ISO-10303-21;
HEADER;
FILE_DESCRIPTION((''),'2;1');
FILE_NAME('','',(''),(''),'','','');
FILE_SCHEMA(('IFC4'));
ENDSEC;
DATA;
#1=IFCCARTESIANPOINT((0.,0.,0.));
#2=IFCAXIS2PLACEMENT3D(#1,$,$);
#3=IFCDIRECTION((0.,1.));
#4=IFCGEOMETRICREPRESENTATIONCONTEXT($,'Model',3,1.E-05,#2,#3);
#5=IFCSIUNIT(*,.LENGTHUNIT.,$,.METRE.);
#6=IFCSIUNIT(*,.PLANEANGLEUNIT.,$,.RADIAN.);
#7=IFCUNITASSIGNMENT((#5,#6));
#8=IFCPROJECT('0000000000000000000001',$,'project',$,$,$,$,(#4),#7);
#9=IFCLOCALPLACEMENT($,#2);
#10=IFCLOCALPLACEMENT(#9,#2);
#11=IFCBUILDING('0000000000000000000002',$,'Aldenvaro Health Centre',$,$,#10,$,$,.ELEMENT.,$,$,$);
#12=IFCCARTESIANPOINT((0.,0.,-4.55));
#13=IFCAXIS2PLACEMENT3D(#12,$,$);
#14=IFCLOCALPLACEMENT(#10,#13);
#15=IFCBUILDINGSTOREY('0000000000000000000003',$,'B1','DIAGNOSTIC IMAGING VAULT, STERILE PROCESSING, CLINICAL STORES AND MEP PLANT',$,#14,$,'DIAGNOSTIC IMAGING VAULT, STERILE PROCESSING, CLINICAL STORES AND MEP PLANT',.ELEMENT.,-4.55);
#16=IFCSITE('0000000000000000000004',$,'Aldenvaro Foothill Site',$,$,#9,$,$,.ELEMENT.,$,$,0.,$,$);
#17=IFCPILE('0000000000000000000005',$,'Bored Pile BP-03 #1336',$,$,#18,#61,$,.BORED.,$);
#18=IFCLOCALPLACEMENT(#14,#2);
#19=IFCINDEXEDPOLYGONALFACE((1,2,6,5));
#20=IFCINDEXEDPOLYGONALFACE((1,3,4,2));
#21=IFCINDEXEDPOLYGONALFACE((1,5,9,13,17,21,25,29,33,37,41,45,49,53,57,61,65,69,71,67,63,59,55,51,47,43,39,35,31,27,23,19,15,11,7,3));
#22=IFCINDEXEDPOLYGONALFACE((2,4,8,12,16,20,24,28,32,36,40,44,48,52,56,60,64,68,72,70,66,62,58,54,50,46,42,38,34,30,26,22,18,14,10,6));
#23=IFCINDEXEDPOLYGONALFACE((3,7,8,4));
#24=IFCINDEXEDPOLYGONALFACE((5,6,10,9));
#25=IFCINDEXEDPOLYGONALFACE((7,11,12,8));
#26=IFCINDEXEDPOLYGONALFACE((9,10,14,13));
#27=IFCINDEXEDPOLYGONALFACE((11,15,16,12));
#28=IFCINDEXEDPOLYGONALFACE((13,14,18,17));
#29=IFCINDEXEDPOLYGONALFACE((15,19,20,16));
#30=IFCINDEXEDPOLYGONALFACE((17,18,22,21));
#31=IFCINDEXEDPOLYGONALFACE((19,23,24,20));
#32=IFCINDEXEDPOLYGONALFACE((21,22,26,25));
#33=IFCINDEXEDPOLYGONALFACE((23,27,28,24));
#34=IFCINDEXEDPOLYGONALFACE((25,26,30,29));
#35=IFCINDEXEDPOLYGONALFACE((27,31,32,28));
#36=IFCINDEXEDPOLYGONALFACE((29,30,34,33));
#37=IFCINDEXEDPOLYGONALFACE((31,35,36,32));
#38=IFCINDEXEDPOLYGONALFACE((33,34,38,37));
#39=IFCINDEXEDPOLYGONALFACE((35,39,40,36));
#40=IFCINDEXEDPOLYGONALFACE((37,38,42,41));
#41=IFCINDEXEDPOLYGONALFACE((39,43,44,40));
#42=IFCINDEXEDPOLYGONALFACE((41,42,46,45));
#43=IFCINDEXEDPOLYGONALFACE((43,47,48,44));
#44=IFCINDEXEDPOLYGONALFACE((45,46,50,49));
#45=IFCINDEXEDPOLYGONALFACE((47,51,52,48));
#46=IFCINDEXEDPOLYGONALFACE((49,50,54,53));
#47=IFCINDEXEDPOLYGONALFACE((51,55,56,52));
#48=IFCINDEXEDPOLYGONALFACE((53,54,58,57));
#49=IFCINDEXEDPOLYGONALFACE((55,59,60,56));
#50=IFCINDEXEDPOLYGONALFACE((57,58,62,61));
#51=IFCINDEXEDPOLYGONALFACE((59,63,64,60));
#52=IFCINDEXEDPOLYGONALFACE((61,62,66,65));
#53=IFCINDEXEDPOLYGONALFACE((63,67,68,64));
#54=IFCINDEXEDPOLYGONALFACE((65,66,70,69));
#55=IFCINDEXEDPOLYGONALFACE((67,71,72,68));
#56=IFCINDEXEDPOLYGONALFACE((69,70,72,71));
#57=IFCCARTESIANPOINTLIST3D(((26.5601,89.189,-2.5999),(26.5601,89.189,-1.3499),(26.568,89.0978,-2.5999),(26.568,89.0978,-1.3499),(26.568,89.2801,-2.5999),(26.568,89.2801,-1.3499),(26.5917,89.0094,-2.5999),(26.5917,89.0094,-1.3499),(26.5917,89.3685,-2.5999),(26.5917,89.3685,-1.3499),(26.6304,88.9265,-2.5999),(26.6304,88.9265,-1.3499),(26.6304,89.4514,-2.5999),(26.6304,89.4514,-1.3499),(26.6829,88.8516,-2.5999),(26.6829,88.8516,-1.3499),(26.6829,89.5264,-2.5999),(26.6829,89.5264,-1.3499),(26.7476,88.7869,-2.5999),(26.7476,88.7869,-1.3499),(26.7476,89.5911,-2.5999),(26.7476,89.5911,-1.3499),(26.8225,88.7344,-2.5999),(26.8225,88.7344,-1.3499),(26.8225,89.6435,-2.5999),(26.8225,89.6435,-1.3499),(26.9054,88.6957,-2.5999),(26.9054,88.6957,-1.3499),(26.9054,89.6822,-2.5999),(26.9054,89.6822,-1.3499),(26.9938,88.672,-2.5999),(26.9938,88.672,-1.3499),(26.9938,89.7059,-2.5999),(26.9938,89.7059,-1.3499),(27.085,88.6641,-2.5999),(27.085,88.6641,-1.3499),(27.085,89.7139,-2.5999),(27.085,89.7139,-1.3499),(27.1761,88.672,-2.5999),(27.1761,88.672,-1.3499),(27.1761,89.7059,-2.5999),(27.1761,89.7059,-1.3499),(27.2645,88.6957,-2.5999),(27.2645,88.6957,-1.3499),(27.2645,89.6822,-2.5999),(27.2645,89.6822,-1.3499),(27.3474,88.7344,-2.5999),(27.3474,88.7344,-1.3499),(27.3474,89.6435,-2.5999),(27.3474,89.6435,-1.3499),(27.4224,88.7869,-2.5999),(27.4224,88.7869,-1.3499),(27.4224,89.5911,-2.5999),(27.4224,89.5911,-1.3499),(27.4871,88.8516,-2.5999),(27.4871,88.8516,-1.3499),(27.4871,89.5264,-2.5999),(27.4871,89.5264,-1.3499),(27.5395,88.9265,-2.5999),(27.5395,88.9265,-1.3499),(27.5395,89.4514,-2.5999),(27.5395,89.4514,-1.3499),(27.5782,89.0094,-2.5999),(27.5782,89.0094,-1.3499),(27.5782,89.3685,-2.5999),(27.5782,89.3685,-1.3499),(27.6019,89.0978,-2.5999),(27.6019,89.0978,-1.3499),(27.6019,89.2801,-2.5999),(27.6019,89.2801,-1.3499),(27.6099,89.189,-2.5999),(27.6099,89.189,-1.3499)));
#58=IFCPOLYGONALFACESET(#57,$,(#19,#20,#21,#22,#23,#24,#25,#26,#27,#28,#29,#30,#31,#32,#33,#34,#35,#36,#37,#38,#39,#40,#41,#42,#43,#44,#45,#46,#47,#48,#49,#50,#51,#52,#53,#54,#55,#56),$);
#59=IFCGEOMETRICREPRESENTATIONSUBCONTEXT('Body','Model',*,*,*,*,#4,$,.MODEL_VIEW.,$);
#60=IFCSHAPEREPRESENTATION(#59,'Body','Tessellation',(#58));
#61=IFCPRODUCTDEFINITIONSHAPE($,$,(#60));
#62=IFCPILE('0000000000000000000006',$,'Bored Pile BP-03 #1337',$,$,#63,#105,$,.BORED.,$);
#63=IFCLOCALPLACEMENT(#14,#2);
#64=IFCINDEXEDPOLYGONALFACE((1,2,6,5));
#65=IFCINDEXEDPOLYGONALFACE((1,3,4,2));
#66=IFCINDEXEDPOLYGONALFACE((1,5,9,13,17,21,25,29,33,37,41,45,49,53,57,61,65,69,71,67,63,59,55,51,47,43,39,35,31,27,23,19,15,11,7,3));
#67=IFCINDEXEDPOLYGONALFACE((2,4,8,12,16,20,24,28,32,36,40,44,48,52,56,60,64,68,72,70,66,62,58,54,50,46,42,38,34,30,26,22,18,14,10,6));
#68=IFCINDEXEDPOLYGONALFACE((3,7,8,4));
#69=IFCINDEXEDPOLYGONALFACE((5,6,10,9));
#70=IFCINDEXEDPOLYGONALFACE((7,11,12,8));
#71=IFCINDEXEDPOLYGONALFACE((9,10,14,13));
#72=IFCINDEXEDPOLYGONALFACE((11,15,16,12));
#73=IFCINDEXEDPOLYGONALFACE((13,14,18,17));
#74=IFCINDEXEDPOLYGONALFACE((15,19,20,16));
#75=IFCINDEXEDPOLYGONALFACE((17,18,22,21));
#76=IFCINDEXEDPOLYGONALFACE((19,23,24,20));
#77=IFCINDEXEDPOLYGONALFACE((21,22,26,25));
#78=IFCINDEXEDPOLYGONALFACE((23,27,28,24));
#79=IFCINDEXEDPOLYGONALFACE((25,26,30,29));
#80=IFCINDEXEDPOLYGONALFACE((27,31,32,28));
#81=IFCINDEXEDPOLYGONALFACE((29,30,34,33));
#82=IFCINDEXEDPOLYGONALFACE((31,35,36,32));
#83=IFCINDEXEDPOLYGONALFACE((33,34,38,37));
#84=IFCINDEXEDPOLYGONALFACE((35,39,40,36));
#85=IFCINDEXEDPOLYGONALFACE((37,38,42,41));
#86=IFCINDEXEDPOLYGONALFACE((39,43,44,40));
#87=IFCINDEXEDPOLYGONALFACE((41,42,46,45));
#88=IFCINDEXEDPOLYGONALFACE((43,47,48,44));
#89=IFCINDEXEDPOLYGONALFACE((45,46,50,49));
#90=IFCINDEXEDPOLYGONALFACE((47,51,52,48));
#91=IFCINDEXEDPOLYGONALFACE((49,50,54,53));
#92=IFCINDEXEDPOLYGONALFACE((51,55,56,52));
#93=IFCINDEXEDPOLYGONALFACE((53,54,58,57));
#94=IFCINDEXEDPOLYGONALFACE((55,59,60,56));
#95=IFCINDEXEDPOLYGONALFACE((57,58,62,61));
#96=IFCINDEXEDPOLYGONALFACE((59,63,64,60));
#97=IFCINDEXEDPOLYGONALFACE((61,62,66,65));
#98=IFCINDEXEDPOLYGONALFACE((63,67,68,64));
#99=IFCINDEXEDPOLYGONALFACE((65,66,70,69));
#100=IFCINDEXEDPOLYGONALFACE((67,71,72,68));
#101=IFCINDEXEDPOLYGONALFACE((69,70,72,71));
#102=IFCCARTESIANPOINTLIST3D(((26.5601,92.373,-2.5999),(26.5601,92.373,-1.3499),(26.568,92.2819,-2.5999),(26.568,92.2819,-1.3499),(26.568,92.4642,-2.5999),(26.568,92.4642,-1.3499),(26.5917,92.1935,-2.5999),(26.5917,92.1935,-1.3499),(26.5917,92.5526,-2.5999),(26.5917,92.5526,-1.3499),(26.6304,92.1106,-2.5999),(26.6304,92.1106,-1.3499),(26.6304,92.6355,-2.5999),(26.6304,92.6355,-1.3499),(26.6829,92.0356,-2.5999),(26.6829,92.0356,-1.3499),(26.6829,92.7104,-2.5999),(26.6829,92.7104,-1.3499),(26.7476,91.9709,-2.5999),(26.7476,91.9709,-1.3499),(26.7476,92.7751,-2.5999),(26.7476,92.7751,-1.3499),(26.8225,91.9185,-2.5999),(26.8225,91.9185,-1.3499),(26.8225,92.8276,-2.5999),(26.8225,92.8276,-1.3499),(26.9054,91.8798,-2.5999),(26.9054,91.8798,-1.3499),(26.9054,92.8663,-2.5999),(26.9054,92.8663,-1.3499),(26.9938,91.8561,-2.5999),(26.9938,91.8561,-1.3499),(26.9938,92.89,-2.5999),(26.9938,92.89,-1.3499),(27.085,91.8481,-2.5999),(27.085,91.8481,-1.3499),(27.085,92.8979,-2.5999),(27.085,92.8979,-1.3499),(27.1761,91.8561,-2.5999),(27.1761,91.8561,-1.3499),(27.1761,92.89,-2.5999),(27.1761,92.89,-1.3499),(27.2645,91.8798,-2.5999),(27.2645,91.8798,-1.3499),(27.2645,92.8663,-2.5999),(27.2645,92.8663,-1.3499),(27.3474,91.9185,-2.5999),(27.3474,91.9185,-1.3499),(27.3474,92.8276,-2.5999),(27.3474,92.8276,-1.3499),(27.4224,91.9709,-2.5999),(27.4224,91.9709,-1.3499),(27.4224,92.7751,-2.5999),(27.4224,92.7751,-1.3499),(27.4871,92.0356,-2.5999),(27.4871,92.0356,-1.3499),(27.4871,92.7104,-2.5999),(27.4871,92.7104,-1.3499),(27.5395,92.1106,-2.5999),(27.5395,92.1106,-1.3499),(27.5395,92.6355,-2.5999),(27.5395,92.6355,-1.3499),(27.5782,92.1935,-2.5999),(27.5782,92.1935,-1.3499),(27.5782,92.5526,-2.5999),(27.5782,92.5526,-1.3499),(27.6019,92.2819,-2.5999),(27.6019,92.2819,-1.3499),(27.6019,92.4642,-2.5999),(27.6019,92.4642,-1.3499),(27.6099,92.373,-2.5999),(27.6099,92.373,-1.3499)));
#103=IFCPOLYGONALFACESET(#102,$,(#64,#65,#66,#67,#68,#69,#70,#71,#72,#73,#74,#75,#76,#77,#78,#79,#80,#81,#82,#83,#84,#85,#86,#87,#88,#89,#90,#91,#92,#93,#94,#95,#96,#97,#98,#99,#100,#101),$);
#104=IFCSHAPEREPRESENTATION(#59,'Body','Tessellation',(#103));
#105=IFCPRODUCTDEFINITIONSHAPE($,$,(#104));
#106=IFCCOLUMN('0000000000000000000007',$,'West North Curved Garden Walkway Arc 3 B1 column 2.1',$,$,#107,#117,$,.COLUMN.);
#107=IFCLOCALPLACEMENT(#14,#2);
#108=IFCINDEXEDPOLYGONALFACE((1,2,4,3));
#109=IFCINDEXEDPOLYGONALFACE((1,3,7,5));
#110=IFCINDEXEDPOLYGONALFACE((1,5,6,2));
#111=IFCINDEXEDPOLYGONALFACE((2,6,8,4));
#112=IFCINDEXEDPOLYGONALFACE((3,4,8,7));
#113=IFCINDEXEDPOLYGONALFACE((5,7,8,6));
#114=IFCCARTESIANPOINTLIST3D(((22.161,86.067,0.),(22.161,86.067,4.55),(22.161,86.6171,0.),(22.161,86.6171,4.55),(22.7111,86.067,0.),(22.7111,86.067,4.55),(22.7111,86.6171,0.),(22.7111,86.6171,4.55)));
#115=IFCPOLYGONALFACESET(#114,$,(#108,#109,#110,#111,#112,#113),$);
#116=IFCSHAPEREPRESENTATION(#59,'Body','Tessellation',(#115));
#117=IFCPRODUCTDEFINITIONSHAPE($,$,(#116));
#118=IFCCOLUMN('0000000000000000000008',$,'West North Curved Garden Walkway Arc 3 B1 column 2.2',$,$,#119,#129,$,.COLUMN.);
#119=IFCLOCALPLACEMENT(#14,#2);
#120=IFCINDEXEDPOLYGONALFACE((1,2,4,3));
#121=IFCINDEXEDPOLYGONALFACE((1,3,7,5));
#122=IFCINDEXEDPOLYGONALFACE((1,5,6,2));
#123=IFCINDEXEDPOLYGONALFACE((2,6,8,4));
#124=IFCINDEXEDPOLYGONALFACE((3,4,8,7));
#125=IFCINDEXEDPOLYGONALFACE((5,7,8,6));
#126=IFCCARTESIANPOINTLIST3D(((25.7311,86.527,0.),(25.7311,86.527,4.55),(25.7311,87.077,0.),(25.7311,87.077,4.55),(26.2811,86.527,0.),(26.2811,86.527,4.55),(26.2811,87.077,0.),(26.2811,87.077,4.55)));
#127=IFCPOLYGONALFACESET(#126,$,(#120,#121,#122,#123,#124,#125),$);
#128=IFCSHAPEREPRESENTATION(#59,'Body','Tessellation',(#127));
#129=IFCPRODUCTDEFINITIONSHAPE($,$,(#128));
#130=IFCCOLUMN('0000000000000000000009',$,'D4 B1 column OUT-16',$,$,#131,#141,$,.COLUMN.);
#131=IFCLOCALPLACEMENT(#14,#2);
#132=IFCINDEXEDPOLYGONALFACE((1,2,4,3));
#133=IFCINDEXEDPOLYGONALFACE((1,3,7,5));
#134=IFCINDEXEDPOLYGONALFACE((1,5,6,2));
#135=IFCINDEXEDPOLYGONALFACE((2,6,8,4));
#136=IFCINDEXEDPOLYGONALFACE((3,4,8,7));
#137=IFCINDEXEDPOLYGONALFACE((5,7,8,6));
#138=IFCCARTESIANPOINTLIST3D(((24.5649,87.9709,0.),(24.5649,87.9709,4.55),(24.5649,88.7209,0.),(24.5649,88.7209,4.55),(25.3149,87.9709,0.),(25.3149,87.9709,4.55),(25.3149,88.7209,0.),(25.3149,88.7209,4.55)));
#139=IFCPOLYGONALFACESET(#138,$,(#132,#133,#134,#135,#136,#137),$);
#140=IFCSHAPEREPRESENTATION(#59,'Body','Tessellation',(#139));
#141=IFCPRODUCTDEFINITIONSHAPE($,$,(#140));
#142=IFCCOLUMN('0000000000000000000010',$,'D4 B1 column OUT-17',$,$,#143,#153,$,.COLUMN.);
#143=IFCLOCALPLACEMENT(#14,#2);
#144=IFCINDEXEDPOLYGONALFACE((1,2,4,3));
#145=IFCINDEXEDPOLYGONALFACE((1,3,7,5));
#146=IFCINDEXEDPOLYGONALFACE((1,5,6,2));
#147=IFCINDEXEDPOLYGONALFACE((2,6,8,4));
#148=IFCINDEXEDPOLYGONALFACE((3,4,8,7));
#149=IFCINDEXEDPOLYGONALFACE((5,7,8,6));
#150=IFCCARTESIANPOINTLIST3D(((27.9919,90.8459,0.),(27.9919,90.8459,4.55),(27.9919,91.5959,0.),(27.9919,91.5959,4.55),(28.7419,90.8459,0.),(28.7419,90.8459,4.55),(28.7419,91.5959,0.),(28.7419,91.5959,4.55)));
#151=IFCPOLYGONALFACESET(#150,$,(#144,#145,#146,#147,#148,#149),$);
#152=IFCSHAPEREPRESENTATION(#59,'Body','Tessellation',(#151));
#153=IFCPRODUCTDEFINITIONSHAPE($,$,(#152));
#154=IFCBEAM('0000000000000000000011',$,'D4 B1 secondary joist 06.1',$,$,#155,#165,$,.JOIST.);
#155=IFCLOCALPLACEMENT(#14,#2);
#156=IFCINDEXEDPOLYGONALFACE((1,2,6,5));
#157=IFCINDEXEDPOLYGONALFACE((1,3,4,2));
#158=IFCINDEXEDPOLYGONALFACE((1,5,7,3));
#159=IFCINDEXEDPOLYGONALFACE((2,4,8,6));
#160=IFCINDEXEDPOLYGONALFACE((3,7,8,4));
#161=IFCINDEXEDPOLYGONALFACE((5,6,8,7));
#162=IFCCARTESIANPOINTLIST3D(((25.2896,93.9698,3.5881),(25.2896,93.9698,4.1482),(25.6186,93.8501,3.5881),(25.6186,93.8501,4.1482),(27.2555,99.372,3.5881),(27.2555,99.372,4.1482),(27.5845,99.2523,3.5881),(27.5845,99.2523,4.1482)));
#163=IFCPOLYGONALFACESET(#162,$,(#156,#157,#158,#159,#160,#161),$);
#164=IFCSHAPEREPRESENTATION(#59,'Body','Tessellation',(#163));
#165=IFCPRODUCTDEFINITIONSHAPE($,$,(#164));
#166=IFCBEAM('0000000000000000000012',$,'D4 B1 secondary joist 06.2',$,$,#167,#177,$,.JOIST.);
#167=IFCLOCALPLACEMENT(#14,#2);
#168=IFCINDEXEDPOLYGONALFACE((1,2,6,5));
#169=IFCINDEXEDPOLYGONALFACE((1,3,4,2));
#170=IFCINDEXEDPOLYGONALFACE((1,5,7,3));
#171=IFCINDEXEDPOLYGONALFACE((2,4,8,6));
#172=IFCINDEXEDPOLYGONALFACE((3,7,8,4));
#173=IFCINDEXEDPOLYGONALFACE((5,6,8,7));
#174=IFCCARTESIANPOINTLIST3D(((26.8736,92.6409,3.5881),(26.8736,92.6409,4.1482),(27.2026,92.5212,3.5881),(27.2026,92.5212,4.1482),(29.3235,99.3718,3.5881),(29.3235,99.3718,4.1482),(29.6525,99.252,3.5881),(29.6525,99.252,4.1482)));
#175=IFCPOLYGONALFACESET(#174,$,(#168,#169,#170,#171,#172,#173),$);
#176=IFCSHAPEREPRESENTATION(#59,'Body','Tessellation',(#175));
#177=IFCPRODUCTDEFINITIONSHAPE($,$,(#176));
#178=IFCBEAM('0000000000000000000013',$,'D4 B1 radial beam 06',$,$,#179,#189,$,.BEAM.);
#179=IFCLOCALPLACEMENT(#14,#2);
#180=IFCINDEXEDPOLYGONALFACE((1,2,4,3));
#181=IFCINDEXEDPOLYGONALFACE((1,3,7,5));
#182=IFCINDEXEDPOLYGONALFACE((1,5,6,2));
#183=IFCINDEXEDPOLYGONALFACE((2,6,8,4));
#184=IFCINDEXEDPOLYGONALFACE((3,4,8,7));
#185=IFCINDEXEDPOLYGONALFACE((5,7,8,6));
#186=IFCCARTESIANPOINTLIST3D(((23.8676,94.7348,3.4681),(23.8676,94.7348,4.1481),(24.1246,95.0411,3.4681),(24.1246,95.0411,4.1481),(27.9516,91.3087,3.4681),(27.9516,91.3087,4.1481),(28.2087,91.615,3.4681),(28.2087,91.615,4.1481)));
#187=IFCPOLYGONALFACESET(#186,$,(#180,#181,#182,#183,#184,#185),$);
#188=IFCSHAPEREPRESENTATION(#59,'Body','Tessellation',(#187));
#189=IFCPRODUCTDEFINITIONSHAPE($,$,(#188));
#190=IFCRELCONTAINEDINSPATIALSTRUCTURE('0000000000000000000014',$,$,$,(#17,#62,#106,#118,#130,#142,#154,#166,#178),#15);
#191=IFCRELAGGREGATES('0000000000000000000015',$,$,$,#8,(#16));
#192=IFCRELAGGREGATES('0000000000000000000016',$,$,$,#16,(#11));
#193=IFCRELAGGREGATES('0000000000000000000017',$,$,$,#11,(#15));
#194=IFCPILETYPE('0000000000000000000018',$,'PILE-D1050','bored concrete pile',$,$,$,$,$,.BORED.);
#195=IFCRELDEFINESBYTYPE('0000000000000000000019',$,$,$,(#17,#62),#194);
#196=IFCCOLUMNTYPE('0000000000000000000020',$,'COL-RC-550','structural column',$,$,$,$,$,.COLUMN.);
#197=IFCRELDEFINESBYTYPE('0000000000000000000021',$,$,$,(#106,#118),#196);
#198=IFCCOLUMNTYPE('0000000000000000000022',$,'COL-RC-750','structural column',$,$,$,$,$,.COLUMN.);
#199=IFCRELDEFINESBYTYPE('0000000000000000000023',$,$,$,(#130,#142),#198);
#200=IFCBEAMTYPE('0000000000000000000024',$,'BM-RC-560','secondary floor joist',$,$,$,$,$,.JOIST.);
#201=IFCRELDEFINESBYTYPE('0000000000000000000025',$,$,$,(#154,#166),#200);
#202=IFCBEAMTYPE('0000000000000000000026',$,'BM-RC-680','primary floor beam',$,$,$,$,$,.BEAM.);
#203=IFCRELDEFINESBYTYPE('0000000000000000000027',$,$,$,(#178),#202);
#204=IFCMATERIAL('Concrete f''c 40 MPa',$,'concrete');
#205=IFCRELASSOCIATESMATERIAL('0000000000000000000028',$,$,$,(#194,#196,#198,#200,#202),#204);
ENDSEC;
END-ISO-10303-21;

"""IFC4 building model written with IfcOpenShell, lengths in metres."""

from ifc_helpers import new_model, si_unit, direction, frame, origin, origin_2d, place, context, subcontext, project, spatial, rectangle, circle, extrude, material, material_profile, profile_set, type_object, element, save


model = new_model("IFC4")

# Units and contexts
model_context = context("Model", 3, precision=1e-05, world=origin(), true_north=direction((0.0, 1.0)))
body_context = subcontext(model_context, "Body", "Model", "MODEL_VIEW")
ifc_project = project(units=[si_unit("LENGTHUNIT", "METRE"), si_unit("PLANEANGLEUNIT", "RADIAN")], contexts=[model_context])

# Site, building, storey
site_placement = place(None, origin())
site = spatial("IfcSite", under=ifc_project, at=site_placement, Name="Aldenvaro Foothill Site", CompositionType="ELEMENT", RefElevation=0.0)
building_placement = place(site_placement, origin())
building = spatial("IfcBuilding", under=site, at=building_placement, Name="Aldenvaro Health Centre", CompositionType="ELEMENT")
storey_placement = place(building_placement, frame((0.0, 0.0, -4.55)))
storey = spatial("IfcBuildingStorey", under=building, at=storey_placement, Name="B1", Description="DIAGNOSTIC IMAGING VAULT, STERILE PROCESSING, CLINICAL STORES AND MEP PLANT", LongName="DIAGNOSTIC IMAGING VAULT, STERILE PROCESSING, CLINICAL STORES AND MEP PLANT", CompositionType="ELEMENT", Elevation=-4.55)

# Shared definitions
ifc_material_1 = material(Name="Concrete f'c 40 MPa", Category="concrete")

# Piles
ifc_material_profile_1 = material_profile(ifc_material_1, circle(Radius=0.5249, at=origin_2d()), Name="PILE D1050", Category="concrete")
ifc_profile_set_1 = profile_set([ifc_material_profile_1], Name="Concrete f'c 40 MPa")
pile_type = type_object("IfcPileType", Name="PILE-D1050", Description="bored concrete pile", PredefinedType="BORED", material=ifc_profile_set_1)
for number, where, z_axis, x_axis, name in (
    (1, (27.085, 89.189, -1.3499), (0.0, 0.0, -1.0), (1.0, 0.0, 0.0), "Bored Pile BP-03 #1336"),
    (2, (27.085, 92.373, -1.3499), (0.0, 0.0, -1.0), (1.0, 0.0, 0.0), "Bored Pile BP-03 #1337"),
):
    element("IfcPile", number, at=place(storey_placement, frame(where, z_axis=z_axis, x_axis=x_axis)), inside=storey, type_object=pile_type, Name=name, PredefinedType="BORED", context=body_context, shape_type="SweptSolid", body=[
        extrude(circle(Radius=0.5249, at=origin_2d()), origin(), (0.0, 0.0, 1.0), 1.25),
    ])

# Columns
ifc_material_profile_2 = material_profile(ifc_material_1, rectangle(XDim=0.55, YDim=0.55, at=origin_2d()), Name="RC 550x550", Category="concrete")
ifc_profile_set_2 = profile_set([ifc_material_profile_2], Name="Concrete f'c 40 MPa")
column_type_1 = type_object("IfcColumnType", Name="COL-RC-550", Description="structural column", PredefinedType="COLUMN", material=ifc_profile_set_2)
for number, where, z_axis, x_axis, name in (
    (3, (22.436, 86.342, 0.0), (0.0, 0.0, 1.0), (1.0, 0.0, 0.0), "West North Curved Garden Walkway Arc 3 B1 column 2.1"),
    (4, (26.0061, 86.802, 0.0), (0.0, 0.0, 1.0), (1.0, 0.0, 0.0), "West North Curved Garden Walkway Arc 3 B1 column 2.2"),
):
    element("IfcColumn", number, at=place(storey_placement, frame(where, z_axis=z_axis, x_axis=x_axis)), inside=storey, type_object=column_type_1, Name=name, PredefinedType="COLUMN", context=body_context, shape_type="SweptSolid", body=[
        extrude(rectangle(XDim=0.55, YDim=0.55, at=origin_2d()), origin(), (0.0, 0.0, 1.0), 4.55),
    ])
ifc_material_profile_3 = material_profile(ifc_material_1, rectangle(XDim=0.75, YDim=0.75, at=origin_2d()), Name="RC 750x750", Category="concrete")
ifc_profile_set_3 = profile_set([ifc_material_profile_3], Name="Concrete f'c 40 MPa")
column_type_2 = type_object("IfcColumnType", Name="COL-RC-750", Description="structural column", PredefinedType="COLUMN", material=ifc_profile_set_3)
for number, where, z_axis, x_axis, name in (
    (5, (24.9399, 88.3459, 0.0), (0.0, 0.0, 1.0), (1.0, 0.0, 0.0), "D4 B1 column OUT-16"),
    (6, (28.3669, 91.2209, 0.0), (0.0, 0.0, 1.0), (1.0, 0.0, 0.0), "D4 B1 column OUT-17"),
):
    element("IfcColumn", number, at=place(storey_placement, frame(where, z_axis=z_axis, x_axis=x_axis)), inside=storey, type_object=column_type_2, Name=name, PredefinedType="COLUMN", context=body_context, shape_type="SweptSolid", body=[
        extrude(rectangle(XDim=0.75, YDim=0.75, at=origin_2d()), origin(), (0.0, 0.0, 1.0), 4.55),
    ])

# Beams
ifc_material_profile_4 = material_profile(ifc_material_1, rectangle(XDim=0.3501, YDim=0.5601, at=origin_2d()), Name="RC 350x560", Category="concrete")
ifc_profile_set_4 = profile_set([ifc_material_profile_4], Name="Concrete f'c 40 MPa")
beam_type_1 = type_object("IfcBeamType", Name="BM-RC-560", Description="secondary floor joist", PredefinedType="JOIST", material=ifc_profile_set_4)
beam_1_placement = place(storey_placement, frame((25.4541, 93.9099, 3.8682), z_axis=(0.341961, 0.939714, 0.0), x_axis=(-0.939714, 0.341961, 0.0)))
element("IfcBeam", 7, at=beam_1_placement, inside=storey, type_object=beam_type_1, Name="D4 B1 secondary joist 06.1", PredefinedType="JOIST", context=body_context, shape_type="SweptSolid", body=[
    extrude(rectangle(XDim=0.3501, YDim=0.5601, at=origin_2d()), origin(), (0.0, 0.0, 1.0), 5.7488),
])
beam_2_placement = place(storey_placement, frame((27.0381, 92.5811, 3.8682), z_axis=(0.34203, 0.939689, 0.0), x_axis=(-0.939689, 0.34203, 0.0)))
element("IfcBeam", 8, at=beam_2_placement, inside=storey, type_object=beam_type_1, Name="D4 B1 secondary joist 06.2", PredefinedType="JOIST", context=body_context, shape_type="SweptSolid", body=[
    extrude(rectangle(XDim=0.3501, YDim=0.5601, at=origin_2d()), origin(), (0.0, 0.0, 1.0), 7.1628),
])
ifc_material_profile_5 = material_profile(ifc_material_1, rectangle(XDim=0.3999, YDim=0.6799, at=origin_2d()), Name="RC 400x680", Category="concrete")
ifc_profile_set_5 = profile_set([ifc_material_profile_5], Name="Concrete f'c 40 MPa")
beam_type_2 = type_object("IfcBeamType", Name="BM-RC-680", Description="primary floor beam", PredefinedType="BEAM", material=ifc_profile_set_5)
beam_3_placement = place(storey_placement, frame((23.9961, 94.8879, 3.8081), z_axis=(0.766122, -0.642695, 0.0), x_axis=(0.642695, 0.766122, 0.0)))
element("IfcBeam", 9, at=beam_3_placement, inside=storey, type_object=beam_type_2, Name="D4 B1 radial beam 06", PredefinedType="BEAM", context=body_context, shape_type="SweptSolid", body=[
    extrude(rectangle(XDim=0.3999, YDim=0.6799, at=origin_2d()), origin(), (0.0, 0.0, 1.0), 5.3308),
])

save(model, "model.ifc")
